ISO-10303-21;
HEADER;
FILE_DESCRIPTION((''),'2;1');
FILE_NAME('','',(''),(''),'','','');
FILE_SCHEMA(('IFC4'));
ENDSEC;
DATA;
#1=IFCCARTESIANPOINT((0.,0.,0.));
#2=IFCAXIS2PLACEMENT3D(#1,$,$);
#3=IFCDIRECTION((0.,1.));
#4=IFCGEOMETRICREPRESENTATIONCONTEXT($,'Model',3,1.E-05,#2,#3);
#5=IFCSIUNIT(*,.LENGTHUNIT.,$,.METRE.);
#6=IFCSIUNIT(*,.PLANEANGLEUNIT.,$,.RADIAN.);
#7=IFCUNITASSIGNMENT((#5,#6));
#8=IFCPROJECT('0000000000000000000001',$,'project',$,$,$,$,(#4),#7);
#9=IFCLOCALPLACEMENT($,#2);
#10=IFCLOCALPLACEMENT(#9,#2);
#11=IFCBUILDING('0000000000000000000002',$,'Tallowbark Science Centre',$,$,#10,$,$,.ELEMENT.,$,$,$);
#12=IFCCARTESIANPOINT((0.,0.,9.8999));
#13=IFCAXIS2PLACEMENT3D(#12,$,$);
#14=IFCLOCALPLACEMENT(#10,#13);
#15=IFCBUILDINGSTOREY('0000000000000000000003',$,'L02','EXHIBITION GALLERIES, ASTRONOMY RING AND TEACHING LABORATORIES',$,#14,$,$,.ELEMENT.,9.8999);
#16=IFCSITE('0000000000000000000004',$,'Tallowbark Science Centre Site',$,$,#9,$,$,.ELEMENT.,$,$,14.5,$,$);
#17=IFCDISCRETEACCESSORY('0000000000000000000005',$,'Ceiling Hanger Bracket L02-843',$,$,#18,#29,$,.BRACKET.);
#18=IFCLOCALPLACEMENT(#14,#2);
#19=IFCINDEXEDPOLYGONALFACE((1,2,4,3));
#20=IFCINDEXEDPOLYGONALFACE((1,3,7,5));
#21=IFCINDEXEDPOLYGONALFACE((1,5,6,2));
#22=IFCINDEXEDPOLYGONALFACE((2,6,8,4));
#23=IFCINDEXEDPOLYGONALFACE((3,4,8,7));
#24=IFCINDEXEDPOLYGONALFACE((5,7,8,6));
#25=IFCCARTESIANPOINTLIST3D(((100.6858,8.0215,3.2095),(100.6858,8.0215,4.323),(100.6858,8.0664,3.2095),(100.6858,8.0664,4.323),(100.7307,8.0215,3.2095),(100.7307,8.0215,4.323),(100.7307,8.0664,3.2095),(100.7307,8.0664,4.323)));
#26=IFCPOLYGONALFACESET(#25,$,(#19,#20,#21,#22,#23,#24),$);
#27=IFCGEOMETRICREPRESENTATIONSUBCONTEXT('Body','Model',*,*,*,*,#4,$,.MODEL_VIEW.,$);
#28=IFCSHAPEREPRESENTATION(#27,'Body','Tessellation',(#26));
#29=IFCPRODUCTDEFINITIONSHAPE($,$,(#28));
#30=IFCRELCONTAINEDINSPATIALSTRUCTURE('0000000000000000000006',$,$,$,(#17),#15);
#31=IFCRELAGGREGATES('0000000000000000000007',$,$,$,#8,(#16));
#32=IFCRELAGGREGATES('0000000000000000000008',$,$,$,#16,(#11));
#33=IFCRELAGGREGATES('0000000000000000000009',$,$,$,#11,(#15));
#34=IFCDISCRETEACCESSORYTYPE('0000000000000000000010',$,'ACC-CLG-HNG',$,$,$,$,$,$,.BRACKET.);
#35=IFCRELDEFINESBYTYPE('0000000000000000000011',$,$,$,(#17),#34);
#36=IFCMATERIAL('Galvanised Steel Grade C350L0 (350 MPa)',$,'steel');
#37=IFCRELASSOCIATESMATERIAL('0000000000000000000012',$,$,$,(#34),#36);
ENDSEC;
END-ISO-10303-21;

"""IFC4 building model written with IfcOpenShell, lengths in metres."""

from ifc_helpers import new_model, si_unit, direction, frame, origin, origin_2d, place, context, subcontext, project, spatial, rectangle, extrude, material, type_object, element, save


model = new_model("IFC4")

# Units and contexts
model_context = context("Model", 3, precision=1e-05, world=origin(), true_north=direction((0.0, 1.0)))
body_context = subcontext(model_context, "Body", "Model", "MODEL_VIEW")
ifc_project = project(units=[si_unit("LENGTHUNIT", "METRE"), si_unit("PLANEANGLEUNIT", "RADIAN")], contexts=[model_context])

# Site, building, storey
site_placement = place(None, origin())
site = spatial("IfcSite", under=ifc_project, at=site_placement, Name="Tallowbark Science Centre Site", CompositionType="ELEMENT", RefElevation=14.5)
building_placement = place(site_placement, origin())
building = spatial("IfcBuilding", under=site, at=building_placement, Name="Tallowbark Science Centre", CompositionType="ELEMENT")
storey_placement = place(building_placement, frame((0.0, 0.0, 9.8999)))
storey = spatial("IfcBuildingStorey", under=building, at=storey_placement, Name="L02", Description="EXHIBITION GALLERIES, ASTRONOMY RING AND TEACHING LABORATORIES", CompositionType="ELEMENT", Elevation=9.8999)

# Discrete accessory
ifc_material_1 = material(Name="Galvanised Steel Grade C350L0 (350 MPa)", Category="steel")
discrete_accessory_type = type_object("IfcDiscreteAccessoryType", Name="ACC-CLG-HNG", PredefinedType="BRACKET", material=ifc_material_1)
discrete_accessory_placement = place(storey_placement, frame((100.7083, 8.0439, 3.2095), z_axis=(0.0, 0.0, 1.0), x_axis=(1.0, 0.0, 0.0)))
element("IfcDiscreteAccessory", 1, at=discrete_accessory_placement, inside=storey, type_object=discrete_accessory_type, Name="Ceiling Hanger Bracket L02-843", PredefinedType="BRACKET", context=body_context, shape_type="SweptSolid", body=[
    extrude(rectangle(XDim=0.0449, YDim=0.0449, at=origin_2d()), origin(), (0.0, 0.0, 1.0), 1.1135),
])

save(model, "model.ifc")
